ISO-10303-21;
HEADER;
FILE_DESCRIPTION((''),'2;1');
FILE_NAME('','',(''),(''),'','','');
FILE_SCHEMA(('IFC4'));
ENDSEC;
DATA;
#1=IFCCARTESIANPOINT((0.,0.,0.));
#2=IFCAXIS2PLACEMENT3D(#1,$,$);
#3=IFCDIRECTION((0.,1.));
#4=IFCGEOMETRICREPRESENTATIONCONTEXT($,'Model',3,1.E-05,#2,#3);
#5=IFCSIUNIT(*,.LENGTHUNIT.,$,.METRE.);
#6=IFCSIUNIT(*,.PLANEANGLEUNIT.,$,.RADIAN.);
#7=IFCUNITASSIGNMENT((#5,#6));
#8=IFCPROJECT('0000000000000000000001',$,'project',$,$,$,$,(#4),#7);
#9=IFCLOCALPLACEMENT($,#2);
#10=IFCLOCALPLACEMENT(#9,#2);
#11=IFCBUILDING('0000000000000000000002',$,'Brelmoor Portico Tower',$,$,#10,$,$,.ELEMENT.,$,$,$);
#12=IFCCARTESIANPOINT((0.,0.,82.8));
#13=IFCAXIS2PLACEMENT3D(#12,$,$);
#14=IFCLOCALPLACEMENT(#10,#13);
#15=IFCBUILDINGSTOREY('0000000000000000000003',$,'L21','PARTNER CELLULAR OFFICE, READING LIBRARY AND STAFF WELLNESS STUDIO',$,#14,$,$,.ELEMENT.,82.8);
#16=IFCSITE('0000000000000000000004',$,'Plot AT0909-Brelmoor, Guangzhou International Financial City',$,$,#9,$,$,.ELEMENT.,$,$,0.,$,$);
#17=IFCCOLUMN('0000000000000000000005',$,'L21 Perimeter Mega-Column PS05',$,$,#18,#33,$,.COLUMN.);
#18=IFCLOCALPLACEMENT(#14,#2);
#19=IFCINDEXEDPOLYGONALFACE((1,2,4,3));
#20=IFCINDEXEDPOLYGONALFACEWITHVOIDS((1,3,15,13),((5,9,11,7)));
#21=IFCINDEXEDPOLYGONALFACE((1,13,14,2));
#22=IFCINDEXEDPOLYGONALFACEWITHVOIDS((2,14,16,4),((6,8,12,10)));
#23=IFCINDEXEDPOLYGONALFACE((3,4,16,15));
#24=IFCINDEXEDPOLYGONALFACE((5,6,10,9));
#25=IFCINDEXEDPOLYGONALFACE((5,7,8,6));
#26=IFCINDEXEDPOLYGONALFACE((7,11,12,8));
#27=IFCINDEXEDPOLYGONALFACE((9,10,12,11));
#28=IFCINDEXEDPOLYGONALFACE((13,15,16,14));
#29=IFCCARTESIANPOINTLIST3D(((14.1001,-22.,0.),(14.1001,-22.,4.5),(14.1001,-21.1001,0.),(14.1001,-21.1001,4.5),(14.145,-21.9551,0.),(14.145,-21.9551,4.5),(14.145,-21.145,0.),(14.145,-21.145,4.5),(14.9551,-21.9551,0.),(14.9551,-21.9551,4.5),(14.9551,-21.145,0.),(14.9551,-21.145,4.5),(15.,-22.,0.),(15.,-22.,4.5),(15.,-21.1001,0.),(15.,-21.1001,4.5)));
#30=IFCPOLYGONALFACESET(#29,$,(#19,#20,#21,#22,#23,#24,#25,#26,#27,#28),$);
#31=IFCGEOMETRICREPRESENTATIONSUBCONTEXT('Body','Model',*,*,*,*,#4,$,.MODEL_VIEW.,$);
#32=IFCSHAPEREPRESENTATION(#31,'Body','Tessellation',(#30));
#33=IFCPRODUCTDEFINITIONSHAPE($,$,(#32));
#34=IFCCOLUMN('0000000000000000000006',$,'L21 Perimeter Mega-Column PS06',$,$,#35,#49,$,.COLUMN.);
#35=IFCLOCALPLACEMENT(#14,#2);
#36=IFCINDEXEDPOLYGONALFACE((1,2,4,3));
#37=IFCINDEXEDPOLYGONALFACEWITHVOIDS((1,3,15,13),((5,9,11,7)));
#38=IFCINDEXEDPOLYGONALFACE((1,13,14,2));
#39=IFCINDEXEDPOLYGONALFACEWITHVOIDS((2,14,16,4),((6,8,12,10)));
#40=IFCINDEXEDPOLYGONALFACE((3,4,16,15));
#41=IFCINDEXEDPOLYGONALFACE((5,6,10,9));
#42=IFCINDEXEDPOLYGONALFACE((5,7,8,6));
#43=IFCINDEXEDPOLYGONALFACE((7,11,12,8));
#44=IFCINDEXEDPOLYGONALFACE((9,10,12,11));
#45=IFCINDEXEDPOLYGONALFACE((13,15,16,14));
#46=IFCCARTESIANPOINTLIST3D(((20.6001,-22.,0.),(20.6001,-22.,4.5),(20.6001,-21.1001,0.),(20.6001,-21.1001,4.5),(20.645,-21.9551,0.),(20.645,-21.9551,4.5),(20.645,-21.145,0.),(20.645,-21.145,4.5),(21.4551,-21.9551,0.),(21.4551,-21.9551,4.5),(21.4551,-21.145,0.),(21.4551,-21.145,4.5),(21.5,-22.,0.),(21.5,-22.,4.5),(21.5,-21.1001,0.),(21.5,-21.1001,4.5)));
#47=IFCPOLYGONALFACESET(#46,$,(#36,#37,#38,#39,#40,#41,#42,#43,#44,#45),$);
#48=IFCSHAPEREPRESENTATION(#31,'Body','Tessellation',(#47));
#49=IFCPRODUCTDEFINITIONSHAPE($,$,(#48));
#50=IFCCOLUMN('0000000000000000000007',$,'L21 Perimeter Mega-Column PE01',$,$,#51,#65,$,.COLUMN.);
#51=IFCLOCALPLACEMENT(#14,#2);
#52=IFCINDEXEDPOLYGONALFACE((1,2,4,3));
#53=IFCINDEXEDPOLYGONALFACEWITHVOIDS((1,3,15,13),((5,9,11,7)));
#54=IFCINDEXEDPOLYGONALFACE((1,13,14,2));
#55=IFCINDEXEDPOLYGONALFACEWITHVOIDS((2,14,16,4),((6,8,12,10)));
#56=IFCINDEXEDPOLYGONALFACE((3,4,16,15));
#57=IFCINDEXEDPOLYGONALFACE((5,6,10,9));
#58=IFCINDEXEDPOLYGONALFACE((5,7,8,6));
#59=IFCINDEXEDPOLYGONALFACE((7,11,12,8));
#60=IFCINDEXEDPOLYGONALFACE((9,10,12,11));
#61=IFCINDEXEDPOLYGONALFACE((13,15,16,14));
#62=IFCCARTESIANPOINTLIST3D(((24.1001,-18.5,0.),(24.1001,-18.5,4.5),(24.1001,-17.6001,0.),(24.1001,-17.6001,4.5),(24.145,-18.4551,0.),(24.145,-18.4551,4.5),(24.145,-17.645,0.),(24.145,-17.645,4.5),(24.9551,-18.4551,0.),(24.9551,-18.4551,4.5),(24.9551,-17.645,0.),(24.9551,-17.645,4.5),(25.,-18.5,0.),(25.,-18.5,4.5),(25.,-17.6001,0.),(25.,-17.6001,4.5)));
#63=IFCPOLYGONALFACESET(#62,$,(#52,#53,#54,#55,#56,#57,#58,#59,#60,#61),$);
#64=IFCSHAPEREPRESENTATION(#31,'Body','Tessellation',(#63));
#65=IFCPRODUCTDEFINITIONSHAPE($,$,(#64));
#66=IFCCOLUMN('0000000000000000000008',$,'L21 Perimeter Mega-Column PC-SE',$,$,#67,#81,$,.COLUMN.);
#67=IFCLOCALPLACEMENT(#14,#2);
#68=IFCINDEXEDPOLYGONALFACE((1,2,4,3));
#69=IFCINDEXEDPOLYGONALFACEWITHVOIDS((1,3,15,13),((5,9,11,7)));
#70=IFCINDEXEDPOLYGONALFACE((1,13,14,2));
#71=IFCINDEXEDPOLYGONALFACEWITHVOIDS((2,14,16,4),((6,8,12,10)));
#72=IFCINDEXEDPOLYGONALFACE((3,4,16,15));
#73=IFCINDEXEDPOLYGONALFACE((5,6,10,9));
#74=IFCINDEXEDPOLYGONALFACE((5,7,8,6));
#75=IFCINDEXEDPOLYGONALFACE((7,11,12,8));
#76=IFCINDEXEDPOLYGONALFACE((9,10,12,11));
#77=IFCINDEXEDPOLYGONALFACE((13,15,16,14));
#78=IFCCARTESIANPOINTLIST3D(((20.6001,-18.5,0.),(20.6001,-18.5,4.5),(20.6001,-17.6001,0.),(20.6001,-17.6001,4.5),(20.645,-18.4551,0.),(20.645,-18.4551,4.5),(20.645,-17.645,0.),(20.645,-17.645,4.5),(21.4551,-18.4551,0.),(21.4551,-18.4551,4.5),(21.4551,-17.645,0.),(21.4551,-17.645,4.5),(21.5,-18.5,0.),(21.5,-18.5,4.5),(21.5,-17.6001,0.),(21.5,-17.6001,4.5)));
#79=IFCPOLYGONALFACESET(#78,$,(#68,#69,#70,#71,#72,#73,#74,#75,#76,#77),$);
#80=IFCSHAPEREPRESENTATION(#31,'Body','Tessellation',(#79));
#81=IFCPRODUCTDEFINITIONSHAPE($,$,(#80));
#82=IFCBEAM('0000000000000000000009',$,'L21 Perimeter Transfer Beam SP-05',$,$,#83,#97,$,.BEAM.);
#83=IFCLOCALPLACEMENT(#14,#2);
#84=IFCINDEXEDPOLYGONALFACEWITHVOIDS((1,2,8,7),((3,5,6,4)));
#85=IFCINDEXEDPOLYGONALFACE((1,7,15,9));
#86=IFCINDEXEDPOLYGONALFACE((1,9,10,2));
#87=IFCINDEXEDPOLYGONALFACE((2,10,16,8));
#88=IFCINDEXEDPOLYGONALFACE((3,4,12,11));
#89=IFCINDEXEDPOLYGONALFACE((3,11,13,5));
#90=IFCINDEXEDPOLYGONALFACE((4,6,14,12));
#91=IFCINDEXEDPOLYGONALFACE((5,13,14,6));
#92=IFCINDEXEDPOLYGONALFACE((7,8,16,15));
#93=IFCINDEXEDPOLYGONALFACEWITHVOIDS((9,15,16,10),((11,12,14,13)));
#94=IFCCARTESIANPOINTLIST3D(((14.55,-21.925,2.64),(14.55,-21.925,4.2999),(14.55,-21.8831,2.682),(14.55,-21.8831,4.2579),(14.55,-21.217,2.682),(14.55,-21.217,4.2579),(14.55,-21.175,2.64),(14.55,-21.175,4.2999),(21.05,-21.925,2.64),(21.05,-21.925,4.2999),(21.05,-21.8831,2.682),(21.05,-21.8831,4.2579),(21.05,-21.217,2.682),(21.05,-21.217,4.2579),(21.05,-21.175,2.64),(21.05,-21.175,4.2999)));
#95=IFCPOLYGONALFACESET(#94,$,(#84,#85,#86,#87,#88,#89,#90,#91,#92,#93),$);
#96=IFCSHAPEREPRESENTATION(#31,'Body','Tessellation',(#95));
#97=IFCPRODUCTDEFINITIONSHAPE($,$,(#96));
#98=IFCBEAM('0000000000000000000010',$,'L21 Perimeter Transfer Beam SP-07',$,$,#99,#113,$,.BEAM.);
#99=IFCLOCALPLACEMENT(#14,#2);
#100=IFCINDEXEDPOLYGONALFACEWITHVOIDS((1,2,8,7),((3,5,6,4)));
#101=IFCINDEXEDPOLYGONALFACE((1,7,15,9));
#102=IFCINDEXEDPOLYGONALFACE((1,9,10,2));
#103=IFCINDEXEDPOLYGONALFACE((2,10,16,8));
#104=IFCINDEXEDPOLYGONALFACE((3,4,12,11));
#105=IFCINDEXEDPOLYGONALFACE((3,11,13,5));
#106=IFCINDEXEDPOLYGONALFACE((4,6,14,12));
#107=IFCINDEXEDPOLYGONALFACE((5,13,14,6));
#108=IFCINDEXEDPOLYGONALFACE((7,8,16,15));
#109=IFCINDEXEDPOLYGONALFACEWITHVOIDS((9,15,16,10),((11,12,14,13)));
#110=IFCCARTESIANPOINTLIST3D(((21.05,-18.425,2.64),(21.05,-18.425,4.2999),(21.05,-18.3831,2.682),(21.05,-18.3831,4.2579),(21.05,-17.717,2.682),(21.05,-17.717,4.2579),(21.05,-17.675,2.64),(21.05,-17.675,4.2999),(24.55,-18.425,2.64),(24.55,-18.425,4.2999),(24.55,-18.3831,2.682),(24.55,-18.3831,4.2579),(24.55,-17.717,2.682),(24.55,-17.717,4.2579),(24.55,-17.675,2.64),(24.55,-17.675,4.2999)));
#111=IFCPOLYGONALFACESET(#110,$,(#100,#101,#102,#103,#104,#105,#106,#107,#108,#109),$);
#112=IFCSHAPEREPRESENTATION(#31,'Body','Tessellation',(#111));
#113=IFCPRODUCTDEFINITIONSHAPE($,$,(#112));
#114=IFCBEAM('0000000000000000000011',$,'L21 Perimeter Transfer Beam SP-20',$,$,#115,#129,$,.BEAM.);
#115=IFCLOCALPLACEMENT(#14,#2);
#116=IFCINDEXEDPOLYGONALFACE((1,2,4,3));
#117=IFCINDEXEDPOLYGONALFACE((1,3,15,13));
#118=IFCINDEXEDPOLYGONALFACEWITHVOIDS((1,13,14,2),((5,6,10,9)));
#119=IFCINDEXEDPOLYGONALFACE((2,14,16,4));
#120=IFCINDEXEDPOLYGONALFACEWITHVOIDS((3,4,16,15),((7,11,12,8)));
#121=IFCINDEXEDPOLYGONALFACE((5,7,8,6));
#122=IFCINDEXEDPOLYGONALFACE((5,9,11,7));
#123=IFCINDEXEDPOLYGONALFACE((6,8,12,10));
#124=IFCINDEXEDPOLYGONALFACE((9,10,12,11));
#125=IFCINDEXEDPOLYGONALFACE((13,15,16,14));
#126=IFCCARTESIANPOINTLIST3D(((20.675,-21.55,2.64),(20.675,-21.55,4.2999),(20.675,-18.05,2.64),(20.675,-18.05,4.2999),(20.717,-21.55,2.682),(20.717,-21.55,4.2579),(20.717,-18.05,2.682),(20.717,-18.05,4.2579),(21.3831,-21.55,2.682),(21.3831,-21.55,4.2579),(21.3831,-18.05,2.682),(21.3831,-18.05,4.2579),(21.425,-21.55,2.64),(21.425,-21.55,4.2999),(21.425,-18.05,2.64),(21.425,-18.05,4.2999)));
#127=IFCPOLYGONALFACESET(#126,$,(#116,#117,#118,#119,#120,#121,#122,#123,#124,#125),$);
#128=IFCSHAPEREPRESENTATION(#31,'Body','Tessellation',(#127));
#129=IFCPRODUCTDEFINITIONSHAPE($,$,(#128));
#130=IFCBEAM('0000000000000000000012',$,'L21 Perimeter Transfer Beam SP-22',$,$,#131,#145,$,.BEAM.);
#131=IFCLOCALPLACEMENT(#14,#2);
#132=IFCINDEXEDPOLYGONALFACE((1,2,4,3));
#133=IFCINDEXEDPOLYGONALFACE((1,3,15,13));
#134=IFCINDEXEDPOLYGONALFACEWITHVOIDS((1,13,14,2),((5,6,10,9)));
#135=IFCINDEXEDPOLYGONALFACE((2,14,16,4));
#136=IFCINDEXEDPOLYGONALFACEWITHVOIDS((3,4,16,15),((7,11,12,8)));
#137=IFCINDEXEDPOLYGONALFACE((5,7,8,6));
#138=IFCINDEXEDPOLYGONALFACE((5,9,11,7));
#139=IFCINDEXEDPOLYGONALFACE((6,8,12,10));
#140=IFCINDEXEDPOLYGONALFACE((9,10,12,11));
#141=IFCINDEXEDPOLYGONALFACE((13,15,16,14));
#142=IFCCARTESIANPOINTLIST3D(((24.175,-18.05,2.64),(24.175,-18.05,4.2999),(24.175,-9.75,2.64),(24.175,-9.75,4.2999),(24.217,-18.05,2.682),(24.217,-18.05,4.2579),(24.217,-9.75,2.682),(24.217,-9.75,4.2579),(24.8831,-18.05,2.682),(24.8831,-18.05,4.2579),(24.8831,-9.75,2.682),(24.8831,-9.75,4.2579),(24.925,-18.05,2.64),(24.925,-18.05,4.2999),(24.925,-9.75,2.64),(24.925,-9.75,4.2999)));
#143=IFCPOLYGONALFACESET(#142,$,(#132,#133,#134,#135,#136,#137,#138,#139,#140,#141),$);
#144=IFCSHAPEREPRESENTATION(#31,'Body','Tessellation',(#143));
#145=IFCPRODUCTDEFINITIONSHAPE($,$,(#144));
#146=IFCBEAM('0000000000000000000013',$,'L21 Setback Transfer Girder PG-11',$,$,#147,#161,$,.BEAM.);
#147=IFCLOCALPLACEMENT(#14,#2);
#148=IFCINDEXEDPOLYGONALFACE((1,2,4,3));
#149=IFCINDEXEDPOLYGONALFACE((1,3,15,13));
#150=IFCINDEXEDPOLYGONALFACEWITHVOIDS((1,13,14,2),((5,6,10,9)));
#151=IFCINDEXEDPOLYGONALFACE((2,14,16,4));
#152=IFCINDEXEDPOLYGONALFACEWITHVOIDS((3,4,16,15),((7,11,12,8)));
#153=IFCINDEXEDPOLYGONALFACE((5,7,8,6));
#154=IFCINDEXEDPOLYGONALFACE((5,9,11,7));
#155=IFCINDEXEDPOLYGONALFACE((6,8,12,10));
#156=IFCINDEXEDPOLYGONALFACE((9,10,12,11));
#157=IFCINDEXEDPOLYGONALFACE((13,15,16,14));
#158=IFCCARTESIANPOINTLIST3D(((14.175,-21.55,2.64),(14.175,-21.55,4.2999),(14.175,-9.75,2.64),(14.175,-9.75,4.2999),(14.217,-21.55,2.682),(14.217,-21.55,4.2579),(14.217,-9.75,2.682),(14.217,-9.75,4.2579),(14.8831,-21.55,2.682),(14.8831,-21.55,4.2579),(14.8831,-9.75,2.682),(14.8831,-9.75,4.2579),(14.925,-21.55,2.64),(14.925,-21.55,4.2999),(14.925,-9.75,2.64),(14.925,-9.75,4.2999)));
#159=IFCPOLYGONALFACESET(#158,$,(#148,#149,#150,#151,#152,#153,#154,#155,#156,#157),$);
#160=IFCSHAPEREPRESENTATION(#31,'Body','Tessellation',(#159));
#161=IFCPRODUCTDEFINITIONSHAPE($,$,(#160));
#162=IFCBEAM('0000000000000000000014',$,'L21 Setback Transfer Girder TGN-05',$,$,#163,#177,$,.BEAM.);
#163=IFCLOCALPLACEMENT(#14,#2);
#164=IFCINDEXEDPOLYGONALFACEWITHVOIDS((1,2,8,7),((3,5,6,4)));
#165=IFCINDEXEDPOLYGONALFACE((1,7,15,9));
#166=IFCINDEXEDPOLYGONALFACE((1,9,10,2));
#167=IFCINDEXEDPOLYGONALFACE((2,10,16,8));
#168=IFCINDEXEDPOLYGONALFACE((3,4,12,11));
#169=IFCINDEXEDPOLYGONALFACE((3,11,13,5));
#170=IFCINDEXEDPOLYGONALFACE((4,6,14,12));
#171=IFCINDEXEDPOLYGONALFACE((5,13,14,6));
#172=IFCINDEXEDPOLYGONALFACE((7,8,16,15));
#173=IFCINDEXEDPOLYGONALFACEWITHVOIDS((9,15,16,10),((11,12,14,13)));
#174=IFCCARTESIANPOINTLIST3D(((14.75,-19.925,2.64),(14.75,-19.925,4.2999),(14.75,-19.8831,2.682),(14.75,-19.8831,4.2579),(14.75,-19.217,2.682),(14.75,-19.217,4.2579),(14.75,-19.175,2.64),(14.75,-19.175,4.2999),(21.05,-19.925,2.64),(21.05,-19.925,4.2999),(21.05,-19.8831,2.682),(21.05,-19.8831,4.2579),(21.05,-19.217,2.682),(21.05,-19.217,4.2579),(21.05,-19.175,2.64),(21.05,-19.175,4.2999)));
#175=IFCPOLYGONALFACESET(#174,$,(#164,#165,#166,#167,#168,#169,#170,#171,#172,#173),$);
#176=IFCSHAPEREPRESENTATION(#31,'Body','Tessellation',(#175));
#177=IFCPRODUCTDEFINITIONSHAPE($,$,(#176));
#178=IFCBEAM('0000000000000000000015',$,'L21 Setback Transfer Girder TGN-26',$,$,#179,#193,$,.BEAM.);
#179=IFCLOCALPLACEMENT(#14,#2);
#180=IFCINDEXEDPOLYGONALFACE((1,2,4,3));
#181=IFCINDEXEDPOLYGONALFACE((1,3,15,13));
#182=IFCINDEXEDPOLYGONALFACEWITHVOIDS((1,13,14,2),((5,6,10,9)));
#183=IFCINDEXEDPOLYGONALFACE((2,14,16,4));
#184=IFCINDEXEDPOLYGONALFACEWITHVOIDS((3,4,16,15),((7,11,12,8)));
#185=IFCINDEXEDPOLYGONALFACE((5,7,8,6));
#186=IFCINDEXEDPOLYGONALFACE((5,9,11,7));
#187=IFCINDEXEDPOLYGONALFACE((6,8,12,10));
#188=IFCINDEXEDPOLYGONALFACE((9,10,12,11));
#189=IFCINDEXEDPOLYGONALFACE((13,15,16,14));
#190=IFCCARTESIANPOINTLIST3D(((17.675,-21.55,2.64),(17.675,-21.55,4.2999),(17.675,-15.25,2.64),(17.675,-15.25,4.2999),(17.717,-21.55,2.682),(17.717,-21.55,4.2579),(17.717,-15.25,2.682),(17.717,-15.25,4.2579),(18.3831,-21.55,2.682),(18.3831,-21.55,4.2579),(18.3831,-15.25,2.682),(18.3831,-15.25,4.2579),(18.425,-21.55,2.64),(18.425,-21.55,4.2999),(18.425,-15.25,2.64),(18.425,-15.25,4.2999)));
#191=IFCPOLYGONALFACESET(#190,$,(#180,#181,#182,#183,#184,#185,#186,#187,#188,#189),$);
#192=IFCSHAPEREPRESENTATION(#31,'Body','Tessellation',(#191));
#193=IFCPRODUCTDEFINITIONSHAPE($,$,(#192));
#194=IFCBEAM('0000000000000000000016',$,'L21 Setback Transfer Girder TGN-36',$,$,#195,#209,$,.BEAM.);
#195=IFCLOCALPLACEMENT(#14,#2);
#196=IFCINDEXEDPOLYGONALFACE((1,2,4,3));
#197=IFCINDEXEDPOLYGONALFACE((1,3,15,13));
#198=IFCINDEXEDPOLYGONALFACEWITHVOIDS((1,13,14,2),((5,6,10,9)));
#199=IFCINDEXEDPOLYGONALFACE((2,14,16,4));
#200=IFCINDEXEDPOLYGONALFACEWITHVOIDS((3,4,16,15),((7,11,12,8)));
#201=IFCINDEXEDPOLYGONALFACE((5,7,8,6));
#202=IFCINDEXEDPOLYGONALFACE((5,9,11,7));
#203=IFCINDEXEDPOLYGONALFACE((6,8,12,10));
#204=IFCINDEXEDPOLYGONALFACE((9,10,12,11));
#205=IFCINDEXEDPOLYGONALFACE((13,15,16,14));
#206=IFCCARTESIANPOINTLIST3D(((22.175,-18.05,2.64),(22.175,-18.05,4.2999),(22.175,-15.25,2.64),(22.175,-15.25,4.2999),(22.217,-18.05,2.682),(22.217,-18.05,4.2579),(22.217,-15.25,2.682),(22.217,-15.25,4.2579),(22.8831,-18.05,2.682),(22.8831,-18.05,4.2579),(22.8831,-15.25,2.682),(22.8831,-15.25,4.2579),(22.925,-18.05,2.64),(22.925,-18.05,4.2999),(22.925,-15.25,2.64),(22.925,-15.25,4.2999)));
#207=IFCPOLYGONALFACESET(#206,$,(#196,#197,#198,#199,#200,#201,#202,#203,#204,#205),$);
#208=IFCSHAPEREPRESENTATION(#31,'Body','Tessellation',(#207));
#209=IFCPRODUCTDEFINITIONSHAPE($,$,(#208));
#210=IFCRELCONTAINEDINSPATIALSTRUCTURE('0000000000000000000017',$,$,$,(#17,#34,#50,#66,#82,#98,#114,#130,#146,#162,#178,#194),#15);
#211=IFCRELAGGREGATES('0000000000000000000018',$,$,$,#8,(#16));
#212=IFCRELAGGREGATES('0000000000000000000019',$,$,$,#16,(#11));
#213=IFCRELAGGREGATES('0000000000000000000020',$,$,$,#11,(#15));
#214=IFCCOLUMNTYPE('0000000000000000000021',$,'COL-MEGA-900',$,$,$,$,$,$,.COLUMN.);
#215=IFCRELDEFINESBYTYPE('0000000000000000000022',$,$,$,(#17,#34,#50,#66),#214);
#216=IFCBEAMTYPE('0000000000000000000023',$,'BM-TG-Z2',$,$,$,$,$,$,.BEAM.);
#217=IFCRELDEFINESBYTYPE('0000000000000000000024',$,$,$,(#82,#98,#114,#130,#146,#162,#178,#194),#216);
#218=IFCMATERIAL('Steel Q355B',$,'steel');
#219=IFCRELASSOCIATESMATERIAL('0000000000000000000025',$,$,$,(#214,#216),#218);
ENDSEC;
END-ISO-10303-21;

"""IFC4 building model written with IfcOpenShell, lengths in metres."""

from ifc_helpers import new_model, si_unit, direction, frame, origin, origin_2d, place, context, subcontext, project, spatial, hollow_rectangle, extrude, material, material_profile, profile_set, type_object, element, save


model = new_model("IFC4")

# Units and contexts
model_context = context("Model", 3, precision=1e-05, world=origin(), true_north=direction((0.0, 1.0)))
body_context = subcontext(model_context, "Body", "Model", "MODEL_VIEW")
ifc_project = project(units=[si_unit("LENGTHUNIT", "METRE"), si_unit("PLANEANGLEUNIT", "RADIAN")], contexts=[model_context])

# Site, building, storey
site_placement = place(None, origin())
site = spatial("IfcSite", under=ifc_project, at=site_placement, Name="Plot AT0909-Brelmoor, Guangzhou International Financial City", CompositionType="ELEMENT", RefElevation=0.0)
building_placement = place(site_placement, origin())
building = spatial("IfcBuilding", under=site, at=building_placement, Name="Brelmoor Portico Tower", CompositionType="ELEMENT")
storey_placement = place(building_placement, frame((0.0, 0.0, 82.8)))
storey = spatial("IfcBuildingStorey", under=building, at=storey_placement, Name="L21", Description="PARTNER CELLULAR OFFICE, READING LIBRARY AND STAFF WELLNESS STUDIO", CompositionType="ELEMENT", Elevation=82.8)

# Columns
ifc_material_1 = material(Name="Steel Q355B", Category="steel")
ifc_material_profile_1 = material_profile(ifc_material_1, hollow_rectangle(XDim=0.8999, YDim=0.8999, WallThickness=0.0449, at=origin_2d()), Name="BOX 900x900x45")
ifc_profile_set_1 = profile_set([ifc_material_profile_1], Name="Steel Q355B")
column_type = type_object("IfcColumnType", Name="COL-MEGA-900", PredefinedType="COLUMN", material=ifc_profile_set_1)
for number, where, z_axis, x_axis, name in (
    (1, (14.55, -21.55, 0.0), (0.0, 0.0, 1.0), (1.0, 0.0, 0.0), "L21 Perimeter Mega-Column PS05"),
    (2, (21.05, -21.55, 0.0), (0.0, 0.0, 1.0), (1.0, 0.0, 0.0), "L21 Perimeter Mega-Column PS06"),
    (3, (24.55, -18.05, 0.0), (0.0, 0.0, 1.0), (0.0, 1.0, 0.0), "L21 Perimeter Mega-Column PE01"),
    (4, (21.05, -18.05, 0.0), (0.0, 0.0, 1.0), (1.0, 0.0, 0.0), "L21 Perimeter Mega-Column PC-SE"),
):
    element("IfcColumn", number, at=place(storey_placement, frame(where, z_axis=z_axis, x_axis=x_axis)), inside=storey, type_object=column_type, Name=name, PredefinedType="COLUMN", context=body_context, shape_type="SweptSolid", body=[
        extrude(hollow_rectangle(XDim=0.8999, YDim=0.8999, WallThickness=0.0449, at=origin_2d()), origin(), (0.0, 0.0, 1.0), 4.5),
    ])

# Beams
ifc_material_profile_2 = material_profile(ifc_material_1, hollow_rectangle(XDim=0.75, YDim=1.6599, WallThickness=0.042, at=origin_2d()), Name="BOX 750x1660x42")
ifc_profile_set_2 = profile_set([ifc_material_profile_2], Name="Steel Q355B")
beam_type = type_object("IfcBeamType", Name="BM-TG-Z2", PredefinedType="BEAM", material=ifc_profile_set_2)
beam_1_placement = place(storey_placement, frame((14.55, -21.55, 3.47), z_axis=(1.0, 0.0, 0.0), x_axis=(0.0, 1.0, 0.0)))
element("IfcBeam", 5, at=beam_1_placement, inside=storey, type_object=beam_type, Name="L21 Perimeter Transfer Beam SP-05", PredefinedType="BEAM", context=body_context, shape_type="SweptSolid", body=[
    extrude(hollow_rectangle(XDim=0.75, YDim=1.6599, WallThickness=0.042, at=origin_2d()), origin(), (0.0, 0.0, 1.0), 6.5),
])
for number, where, z_axis, x_axis, name in (
    (6, (21.05, -18.05, 3.47), (1.0, 0.0, 0.0), (0.0, 1.0, 0.0), "L21 Perimeter Transfer Beam SP-07"),
    (7, (21.05, -21.55, 3.47), (0.0, 1.0, 0.0), (-1.0, 0.0, 0.0), "L21 Perimeter Transfer Beam SP-20"),
):
    element("IfcBeam", number, at=place(storey_placement, frame(where, z_axis=z_axis, x_axis=x_axis)), inside=storey, type_object=beam_type, Name=name, PredefinedType="BEAM", context=body_context, shape_type="SweptSolid", body=[
        extrude(hollow_rectangle(XDim=0.75, YDim=1.6599, WallThickness=0.042, at=origin_2d()), origin(), (0.0, 0.0, 1.0), 3.5),
    ])
beam_2_placement = place(storey_placement, frame((24.55, -18.05, 3.47), z_axis=(0.0, 1.0, 0.0), x_axis=(-1.0, 0.0, 0.0)))
element("IfcBeam", 8, at=beam_2_placement, inside=storey, type_object=beam_type, Name="L21 Perimeter Transfer Beam SP-22", PredefinedType="BEAM", context=body_context, shape_type="SweptSolid", body=[
    extrude(hollow_rectangle(XDim=0.75, YDim=1.6599, WallThickness=0.042, at=origin_2d()), origin(), (0.0, 0.0, 1.0), 8.3),
])
beam_3_placement = place(storey_placement, frame((14.55, -21.55, 3.47), z_axis=(0.0, 1.0, 0.0), x_axis=(-1.0, 0.0, 0.0)))
element("IfcBeam", 9, at=beam_3_placement, inside=storey, type_object=beam_type, Name="L21 Setback Transfer Girder PG-11", PredefinedType="BEAM", context=body_context, shape_type="SweptSolid", body=[
    extrude(hollow_rectangle(XDim=0.75, YDim=1.6599, WallThickness=0.042, at=origin_2d()), origin(), (0.0, 0.0, 1.0), 11.8),
])
for number, where, z_axis, x_axis, name in (
    (10, (14.75, -19.55, 3.47), (1.0, 0.0, 0.0), (0.0, 1.0, 0.0), "L21 Setback Transfer Girder TGN-05"),
    (11, (18.05, -21.55, 3.47), (0.0, 1.0, 0.0), (-1.0, 0.0, 0.0), "L21 Setback Transfer Girder TGN-26"),
):
    element("IfcBeam", number, at=place(storey_placement, frame(where, z_axis=z_axis, x_axis=x_axis)), inside=storey, type_object=beam_type, Name=name, PredefinedType="BEAM", context=body_context, shape_type="SweptSolid", body=[
        extrude(hollow_rectangle(XDim=0.75, YDim=1.6599, WallThickness=0.042, at=origin_2d()), origin(), (0.0, 0.0, 1.0), 6.3),
    ])
beam_4_placement = place(storey_placement, frame((22.55, -18.05, 3.47), z_axis=(0.0, 1.0, 0.0), x_axis=(-1.0, 0.0, 0.0)))
element("IfcBeam", 12, at=beam_4_placement, inside=storey, type_object=beam_type, Name="L21 Setback Transfer Girder TGN-36", PredefinedType="BEAM", context=body_context, shape_type="SweptSolid", body=[
    extrude(hollow_rectangle(XDim=0.75, YDim=1.6599, WallThickness=0.042, at=origin_2d()), origin(), (0.0, 0.0, 1.0), 2.8),
])

save(model, "model.ifc")
